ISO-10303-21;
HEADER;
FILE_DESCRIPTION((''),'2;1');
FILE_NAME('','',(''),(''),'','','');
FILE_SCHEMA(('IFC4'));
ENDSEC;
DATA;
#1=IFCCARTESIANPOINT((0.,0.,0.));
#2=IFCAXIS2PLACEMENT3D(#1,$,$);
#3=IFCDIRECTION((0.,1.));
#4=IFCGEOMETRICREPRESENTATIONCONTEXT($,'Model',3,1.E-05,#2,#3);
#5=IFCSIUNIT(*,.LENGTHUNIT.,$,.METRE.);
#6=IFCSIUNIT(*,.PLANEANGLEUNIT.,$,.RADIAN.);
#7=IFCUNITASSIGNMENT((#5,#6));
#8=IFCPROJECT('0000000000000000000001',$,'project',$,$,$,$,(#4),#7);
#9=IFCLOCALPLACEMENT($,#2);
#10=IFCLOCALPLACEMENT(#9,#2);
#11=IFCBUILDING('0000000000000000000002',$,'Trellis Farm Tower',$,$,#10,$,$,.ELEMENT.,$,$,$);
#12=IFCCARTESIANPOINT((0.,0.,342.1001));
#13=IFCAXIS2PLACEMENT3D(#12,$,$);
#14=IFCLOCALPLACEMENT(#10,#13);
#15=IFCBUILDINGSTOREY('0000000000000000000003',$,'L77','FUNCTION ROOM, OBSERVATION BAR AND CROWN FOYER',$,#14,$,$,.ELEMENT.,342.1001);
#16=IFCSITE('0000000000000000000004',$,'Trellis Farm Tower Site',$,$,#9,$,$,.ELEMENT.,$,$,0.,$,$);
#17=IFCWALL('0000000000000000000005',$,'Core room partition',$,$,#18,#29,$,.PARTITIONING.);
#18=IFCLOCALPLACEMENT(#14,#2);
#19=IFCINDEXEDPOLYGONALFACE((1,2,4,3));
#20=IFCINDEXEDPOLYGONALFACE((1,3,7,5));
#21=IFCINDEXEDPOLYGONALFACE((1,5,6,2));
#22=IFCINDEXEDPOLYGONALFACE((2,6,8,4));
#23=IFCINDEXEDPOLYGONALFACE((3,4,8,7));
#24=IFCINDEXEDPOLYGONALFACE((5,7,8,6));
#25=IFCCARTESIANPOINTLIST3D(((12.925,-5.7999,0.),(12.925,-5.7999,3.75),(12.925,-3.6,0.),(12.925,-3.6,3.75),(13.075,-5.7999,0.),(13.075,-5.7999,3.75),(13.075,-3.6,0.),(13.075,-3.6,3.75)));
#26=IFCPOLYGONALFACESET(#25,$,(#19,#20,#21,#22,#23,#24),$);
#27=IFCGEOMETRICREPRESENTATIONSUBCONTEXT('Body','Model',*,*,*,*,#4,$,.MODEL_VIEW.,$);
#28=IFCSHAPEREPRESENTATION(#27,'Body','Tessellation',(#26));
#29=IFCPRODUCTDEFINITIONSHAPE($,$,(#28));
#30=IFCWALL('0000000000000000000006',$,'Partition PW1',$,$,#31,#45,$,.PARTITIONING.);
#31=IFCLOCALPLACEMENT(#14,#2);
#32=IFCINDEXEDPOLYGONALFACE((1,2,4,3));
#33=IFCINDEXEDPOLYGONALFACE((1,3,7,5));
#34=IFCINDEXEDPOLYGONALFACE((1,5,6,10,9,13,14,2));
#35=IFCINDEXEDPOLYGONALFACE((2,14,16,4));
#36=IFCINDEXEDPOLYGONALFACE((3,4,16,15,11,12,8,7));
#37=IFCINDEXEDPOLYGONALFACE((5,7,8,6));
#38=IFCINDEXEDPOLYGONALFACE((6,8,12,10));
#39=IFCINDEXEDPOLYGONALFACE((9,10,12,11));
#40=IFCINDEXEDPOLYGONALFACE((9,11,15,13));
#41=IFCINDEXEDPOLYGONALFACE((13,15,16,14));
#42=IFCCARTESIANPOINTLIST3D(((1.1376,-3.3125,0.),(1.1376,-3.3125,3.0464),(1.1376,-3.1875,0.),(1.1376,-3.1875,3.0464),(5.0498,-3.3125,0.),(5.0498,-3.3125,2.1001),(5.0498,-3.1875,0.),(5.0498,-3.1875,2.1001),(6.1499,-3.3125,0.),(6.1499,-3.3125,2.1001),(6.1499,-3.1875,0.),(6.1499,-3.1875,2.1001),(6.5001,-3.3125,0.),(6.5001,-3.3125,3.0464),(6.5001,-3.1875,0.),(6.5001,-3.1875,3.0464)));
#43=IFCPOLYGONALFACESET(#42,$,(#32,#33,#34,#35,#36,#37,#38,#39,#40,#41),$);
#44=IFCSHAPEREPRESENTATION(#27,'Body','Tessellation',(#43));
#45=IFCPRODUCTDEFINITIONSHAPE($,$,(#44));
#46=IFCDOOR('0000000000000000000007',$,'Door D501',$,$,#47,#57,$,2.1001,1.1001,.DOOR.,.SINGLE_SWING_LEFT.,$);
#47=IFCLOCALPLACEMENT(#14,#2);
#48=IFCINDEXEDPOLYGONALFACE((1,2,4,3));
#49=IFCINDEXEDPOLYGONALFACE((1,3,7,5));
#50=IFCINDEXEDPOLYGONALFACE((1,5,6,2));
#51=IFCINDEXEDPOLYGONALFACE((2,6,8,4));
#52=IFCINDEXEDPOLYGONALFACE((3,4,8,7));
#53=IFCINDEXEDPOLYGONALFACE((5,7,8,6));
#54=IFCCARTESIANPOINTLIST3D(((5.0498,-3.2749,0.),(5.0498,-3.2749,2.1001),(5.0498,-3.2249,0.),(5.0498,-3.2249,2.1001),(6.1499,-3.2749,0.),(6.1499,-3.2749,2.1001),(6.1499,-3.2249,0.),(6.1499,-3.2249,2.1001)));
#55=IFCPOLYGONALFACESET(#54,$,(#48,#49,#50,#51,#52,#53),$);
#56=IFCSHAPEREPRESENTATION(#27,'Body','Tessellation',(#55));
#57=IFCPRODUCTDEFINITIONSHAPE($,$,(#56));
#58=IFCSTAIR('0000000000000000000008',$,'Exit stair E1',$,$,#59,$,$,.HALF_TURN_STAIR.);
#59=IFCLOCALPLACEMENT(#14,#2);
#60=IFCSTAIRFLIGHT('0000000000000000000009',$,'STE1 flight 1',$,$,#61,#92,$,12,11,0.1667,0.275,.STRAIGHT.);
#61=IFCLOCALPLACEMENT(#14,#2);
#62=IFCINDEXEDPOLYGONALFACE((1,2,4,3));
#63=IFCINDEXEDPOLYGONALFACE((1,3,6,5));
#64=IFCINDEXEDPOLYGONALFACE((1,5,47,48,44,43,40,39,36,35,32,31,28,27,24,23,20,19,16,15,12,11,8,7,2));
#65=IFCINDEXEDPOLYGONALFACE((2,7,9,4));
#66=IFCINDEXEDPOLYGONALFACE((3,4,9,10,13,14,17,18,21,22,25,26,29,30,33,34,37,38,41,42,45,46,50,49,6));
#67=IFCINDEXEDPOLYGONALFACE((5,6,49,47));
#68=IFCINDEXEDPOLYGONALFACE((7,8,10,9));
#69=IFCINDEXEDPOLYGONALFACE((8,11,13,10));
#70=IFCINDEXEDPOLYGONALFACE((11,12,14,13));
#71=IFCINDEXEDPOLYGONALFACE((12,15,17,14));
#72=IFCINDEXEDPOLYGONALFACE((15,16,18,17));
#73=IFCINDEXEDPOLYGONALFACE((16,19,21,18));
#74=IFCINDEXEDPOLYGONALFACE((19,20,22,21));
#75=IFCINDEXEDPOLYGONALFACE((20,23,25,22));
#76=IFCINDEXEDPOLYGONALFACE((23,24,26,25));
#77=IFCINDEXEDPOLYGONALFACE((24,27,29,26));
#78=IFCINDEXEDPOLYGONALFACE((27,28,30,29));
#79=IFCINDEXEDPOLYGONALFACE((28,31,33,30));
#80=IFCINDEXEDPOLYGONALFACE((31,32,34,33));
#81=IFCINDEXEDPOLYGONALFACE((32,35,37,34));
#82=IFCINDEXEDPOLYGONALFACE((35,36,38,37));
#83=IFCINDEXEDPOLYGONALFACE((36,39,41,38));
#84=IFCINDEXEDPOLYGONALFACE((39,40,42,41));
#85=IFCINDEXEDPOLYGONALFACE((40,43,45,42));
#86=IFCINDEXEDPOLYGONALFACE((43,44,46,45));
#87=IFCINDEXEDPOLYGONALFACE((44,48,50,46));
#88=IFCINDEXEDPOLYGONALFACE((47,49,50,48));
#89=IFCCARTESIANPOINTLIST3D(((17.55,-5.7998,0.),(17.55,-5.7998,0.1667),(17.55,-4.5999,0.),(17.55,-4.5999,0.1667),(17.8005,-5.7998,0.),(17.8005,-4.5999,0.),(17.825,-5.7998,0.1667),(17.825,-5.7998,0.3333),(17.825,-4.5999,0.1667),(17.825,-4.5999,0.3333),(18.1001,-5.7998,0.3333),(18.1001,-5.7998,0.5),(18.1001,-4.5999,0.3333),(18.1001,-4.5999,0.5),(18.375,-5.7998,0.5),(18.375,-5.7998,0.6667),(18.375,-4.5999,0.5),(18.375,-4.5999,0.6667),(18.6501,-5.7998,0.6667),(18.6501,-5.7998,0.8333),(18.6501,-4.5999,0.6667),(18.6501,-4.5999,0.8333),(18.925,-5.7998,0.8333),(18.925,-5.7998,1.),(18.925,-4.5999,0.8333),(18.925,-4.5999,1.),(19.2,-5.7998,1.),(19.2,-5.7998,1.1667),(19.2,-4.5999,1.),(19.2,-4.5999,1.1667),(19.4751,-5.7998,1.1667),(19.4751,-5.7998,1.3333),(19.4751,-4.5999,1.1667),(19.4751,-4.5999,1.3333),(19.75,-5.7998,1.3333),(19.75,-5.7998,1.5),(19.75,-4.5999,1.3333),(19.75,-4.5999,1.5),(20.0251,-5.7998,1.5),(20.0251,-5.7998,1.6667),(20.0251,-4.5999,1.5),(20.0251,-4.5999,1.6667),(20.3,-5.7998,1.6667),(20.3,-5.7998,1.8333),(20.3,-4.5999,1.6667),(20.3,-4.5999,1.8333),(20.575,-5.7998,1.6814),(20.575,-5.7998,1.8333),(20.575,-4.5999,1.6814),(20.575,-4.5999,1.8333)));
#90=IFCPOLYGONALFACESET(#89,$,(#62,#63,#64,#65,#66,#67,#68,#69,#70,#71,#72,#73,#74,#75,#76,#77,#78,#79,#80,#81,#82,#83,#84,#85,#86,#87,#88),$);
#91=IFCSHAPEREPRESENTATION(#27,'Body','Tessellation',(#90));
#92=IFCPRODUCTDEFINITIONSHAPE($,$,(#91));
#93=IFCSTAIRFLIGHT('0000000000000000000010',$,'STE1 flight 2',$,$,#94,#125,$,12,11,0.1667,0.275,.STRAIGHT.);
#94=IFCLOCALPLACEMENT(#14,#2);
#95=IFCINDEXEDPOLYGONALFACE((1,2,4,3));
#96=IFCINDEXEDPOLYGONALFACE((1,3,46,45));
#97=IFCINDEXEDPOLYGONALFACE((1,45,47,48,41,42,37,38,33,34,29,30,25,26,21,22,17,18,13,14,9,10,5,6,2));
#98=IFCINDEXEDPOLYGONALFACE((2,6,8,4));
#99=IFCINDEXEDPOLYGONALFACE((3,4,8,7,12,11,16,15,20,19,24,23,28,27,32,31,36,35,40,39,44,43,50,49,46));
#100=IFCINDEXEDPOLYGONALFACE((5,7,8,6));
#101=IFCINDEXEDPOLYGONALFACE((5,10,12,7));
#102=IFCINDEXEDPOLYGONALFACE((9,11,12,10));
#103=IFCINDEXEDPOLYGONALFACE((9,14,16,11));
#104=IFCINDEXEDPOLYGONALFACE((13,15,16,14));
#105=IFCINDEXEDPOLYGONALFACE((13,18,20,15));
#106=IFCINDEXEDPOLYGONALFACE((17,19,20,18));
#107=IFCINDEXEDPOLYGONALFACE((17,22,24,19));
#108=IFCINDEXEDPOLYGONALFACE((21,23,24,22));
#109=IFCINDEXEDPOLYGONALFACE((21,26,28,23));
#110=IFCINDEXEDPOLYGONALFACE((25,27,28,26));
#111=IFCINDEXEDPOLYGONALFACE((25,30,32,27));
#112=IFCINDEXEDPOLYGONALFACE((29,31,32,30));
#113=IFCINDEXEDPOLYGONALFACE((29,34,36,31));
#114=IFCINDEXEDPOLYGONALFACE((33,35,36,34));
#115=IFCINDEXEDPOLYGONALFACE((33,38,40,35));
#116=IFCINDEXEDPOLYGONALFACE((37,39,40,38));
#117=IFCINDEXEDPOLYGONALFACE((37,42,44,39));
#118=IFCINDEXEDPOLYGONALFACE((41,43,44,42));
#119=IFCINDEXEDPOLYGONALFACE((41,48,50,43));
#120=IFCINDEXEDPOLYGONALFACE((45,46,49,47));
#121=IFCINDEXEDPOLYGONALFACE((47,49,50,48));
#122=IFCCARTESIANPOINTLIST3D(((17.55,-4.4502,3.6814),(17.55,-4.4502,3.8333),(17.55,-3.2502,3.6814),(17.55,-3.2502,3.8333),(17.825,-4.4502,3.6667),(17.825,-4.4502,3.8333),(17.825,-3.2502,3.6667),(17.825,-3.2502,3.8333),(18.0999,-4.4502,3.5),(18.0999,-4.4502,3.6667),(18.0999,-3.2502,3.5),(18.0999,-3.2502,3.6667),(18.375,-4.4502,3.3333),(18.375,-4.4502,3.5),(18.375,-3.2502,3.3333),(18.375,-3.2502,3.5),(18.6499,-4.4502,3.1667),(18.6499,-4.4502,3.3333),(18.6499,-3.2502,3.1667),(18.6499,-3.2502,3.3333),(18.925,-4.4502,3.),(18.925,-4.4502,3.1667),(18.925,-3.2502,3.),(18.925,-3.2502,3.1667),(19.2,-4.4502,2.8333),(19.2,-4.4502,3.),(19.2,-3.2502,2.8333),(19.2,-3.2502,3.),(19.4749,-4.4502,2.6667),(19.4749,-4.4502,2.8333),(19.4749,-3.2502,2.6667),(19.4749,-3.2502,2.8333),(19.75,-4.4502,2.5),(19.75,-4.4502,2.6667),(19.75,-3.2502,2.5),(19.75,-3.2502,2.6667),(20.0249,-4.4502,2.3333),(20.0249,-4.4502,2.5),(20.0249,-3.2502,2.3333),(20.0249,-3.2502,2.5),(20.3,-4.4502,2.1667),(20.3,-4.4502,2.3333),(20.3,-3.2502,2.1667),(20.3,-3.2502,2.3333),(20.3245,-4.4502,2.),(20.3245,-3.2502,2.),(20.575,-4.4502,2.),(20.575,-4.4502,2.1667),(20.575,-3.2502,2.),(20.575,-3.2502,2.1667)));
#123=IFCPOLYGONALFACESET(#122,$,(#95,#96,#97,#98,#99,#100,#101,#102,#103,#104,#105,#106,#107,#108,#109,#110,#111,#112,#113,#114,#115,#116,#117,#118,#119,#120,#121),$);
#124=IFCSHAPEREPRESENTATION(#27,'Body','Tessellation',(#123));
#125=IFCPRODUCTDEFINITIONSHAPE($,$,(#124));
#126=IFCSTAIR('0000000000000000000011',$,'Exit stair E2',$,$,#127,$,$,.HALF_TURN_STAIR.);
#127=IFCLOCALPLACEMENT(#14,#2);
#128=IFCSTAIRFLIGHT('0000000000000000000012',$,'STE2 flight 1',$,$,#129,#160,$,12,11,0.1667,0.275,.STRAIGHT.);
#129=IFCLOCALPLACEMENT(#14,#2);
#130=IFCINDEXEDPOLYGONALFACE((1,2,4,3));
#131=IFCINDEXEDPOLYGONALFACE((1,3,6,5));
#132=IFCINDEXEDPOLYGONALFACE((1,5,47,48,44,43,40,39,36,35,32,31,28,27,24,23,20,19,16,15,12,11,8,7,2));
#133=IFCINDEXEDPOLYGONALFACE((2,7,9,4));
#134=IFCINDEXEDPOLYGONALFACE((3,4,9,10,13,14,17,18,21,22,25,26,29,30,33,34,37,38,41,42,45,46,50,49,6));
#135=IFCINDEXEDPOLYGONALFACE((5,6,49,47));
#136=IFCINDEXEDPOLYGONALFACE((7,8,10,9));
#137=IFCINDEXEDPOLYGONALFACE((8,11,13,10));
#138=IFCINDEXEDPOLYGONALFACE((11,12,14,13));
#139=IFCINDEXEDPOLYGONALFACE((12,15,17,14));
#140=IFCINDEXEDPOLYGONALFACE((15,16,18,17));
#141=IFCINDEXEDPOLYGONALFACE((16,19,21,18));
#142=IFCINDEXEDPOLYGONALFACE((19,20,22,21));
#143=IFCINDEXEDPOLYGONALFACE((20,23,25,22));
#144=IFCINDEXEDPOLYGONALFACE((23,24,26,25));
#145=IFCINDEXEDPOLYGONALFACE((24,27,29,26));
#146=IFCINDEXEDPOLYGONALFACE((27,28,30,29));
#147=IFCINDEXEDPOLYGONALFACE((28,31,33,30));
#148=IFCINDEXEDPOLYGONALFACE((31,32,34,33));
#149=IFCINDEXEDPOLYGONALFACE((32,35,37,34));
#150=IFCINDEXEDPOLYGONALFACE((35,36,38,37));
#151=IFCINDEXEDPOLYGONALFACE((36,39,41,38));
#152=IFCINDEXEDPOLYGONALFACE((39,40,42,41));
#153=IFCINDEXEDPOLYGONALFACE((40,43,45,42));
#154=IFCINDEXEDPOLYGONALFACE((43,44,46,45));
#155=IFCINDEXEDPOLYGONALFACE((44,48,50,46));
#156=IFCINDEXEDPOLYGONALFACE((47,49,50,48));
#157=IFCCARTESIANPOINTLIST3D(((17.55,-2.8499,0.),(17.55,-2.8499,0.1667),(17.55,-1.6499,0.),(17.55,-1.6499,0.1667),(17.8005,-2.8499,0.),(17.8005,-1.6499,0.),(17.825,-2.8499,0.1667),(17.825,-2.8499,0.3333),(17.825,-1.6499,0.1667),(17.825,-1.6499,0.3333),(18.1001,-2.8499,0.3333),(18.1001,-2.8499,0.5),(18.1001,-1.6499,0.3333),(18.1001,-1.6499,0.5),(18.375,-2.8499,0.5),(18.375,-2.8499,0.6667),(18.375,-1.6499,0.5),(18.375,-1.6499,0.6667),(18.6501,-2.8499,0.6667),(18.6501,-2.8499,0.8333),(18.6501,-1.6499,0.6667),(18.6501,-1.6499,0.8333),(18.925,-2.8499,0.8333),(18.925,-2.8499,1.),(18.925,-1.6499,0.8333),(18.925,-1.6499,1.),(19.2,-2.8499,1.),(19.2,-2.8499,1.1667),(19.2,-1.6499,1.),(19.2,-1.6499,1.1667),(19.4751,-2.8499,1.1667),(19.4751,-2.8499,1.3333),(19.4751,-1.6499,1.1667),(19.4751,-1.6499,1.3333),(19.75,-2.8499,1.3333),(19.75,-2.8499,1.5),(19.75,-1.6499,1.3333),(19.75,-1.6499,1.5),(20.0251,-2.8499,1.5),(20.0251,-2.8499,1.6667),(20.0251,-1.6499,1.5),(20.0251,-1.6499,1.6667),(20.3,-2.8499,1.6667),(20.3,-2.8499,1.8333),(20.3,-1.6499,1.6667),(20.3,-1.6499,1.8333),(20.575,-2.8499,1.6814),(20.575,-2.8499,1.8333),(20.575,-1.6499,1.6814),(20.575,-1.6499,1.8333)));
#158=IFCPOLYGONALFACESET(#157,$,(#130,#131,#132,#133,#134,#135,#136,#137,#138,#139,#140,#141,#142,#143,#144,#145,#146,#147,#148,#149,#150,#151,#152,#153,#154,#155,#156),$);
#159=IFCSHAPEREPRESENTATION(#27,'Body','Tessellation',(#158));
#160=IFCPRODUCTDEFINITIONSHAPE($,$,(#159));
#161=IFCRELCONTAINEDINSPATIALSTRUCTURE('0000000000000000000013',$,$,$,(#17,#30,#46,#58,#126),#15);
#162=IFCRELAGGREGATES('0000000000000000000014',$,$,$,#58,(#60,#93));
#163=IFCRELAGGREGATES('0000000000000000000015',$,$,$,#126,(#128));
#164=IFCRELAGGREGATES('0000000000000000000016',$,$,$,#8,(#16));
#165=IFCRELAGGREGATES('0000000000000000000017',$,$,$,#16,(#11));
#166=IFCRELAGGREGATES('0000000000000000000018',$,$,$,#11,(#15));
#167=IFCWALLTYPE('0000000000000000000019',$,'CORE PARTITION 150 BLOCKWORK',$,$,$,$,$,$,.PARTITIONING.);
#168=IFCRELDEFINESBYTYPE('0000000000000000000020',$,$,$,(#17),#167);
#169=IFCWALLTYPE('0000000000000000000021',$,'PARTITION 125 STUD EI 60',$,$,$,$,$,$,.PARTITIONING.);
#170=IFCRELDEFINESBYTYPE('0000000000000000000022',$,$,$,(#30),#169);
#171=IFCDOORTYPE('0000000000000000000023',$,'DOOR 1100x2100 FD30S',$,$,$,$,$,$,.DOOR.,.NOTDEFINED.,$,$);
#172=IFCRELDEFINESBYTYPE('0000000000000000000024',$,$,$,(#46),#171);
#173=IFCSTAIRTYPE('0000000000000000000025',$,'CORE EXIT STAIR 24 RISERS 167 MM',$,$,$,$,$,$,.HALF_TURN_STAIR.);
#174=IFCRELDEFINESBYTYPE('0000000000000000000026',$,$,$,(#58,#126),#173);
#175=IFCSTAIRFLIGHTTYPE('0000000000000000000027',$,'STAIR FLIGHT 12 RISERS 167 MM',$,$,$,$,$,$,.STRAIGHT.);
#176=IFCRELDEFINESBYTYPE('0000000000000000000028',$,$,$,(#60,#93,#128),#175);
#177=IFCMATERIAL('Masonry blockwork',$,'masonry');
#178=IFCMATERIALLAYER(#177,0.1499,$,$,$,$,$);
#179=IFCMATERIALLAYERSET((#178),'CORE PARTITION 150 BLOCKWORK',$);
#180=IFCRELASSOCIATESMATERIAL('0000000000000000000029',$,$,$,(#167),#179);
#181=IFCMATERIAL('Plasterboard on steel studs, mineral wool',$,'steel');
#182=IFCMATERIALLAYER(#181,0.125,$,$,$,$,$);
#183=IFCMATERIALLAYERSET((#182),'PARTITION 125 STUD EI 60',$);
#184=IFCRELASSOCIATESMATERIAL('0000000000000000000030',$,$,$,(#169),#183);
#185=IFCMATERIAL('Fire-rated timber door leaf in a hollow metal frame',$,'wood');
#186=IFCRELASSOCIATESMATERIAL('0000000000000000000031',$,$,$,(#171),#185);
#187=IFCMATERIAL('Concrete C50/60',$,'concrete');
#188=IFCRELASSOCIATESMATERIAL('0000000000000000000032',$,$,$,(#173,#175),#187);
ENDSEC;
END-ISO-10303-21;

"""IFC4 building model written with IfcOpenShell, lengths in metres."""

from ifc_helpers import new_model, si_unit, direction, frame, frame_2d, origin, place, context, subcontext, project, spatial, polyline, rectangle, outline, extrude, source, transform, mapped, material, layer, layer_set, type_object, element, fill, aggregate, save


model = new_model("IFC4")

# Units and contexts
model_context = context("Model", 3, precision=1e-05, world=origin(), true_north=direction((0.0, 1.0)))
body_context = subcontext(model_context, "Body", "Model", "MODEL_VIEW")
ifc_project = project(units=[si_unit("LENGTHUNIT", "METRE"), si_unit("PLANEANGLEUNIT", "RADIAN")], contexts=[model_context])

# Site, building, storey
site_placement = place(None, origin())
site = spatial("IfcSite", under=ifc_project, at=site_placement, Name="Trellis Farm Tower Site", CompositionType="ELEMENT", RefElevation=0.0)
building_placement = place(site_placement, origin())
building = spatial("IfcBuilding", under=site, at=building_placement, Name="Trellis Farm Tower", CompositionType="ELEMENT")
storey_placement = place(building_placement, frame((0.0, 0.0, 342.1001)))
storey = spatial("IfcBuildingStorey", under=building, at=storey_placement, Name="L77", Description="FUNCTION ROOM, OBSERVATION BAR AND CROWN FOYER", CompositionType="ELEMENT", Elevation=342.1001)

# Shared definitions
ifc_material_1 = material(Name="Concrete C50/60", Category="concrete")

# Shared definitions
placement = place(storey_placement, origin())

# Shared definitions
shared_shape_1 = source(origin(), body_context, "Body", "SweptSolid", [
    extrude(rectangle(XDim=1.1001, YDim=2.1001, at=frame_2d((0.55, 1.05))), frame((0.0, 0.0249, 0.0), z_axis=(0.0, -1.0, 0.0), x_axis=(1.0, 0.0, 0.0)), (0.0, 0.0, 1.0), 0.05),
])

# Wall
ifc_material_2 = material(Name="Masonry blockwork", Category="masonry")
ifc_layer_1 = layer(ifc_material_2, 0.1499)
ifc_layer_set_1 = layer_set([ifc_layer_1], Name="CORE PARTITION 150 BLOCKWORK")
wall_type_1 = type_object("IfcWallType", Name="CORE PARTITION 150 BLOCKWORK", PredefinedType="PARTITIONING", material=ifc_layer_set_1)
shared_shape_2 = source(origin(), body_context, "Body", "SweptSolid", [
    extrude(rectangle(XDim=2.2, YDim=0.1499, at=frame_2d((1.1001, 0.0))), origin(), (0.0, 0.0, 1.0), 3.75),
])
wall_1_placement = place(storey_placement, frame((13.0, -5.8, 0.0), z_axis=(0.0, 0.0, 1.0), x_axis=(0.0, 1.0, 0.0)))
element("IfcWall", 1, at=wall_1_placement, inside=storey, type_object=wall_type_1, Name="Core room partition", PredefinedType="PARTITIONING", context=body_context, shape_type="MappedRepresentation", body=[
    mapped(shared_shape_2, transform((0.0, 0.0, 0.0))),
])

# Wall, opening, door
ifc_material_3 = material(Name="Plasterboard on steel studs, mineral wool", Category="steel")
ifc_layer_2 = layer(ifc_material_3, 0.125)
ifc_layer_set_2 = layer_set([ifc_layer_2], Name="PARTITION 125 STUD EI 60")
wall_type_2 = type_object("IfcWallType", Name="PARTITION 125 STUD EI 60", PredefinedType="PARTITIONING", material=ifc_layer_set_2)
shared_shape_3 = source(origin(), body_context, "Body", "SweptSolid", [
    extrude(rectangle(XDim=5.3625, YDim=0.125, at=frame_2d((2.6812, 0.0))), origin(), (0.0, 0.0, 1.0), 3.0464),
])
wall_2_placement = place(storey_placement, frame((6.5, -3.25, 0.0), z_axis=(0.0, 0.0, 1.0), x_axis=(-1.0, 0.0, 0.0)))
wall_2 = element("IfcWall", 2, at=wall_2_placement, inside=storey, type_object=wall_type_2, Name="Partition PW1", PredefinedType="PARTITIONING", context=body_context, shape_type="MappedRepresentation", body=[
    mapped(shared_shape_3, transform((0.0, 0.0, 0.0))),
])
shared_shape_4 = source(origin(), body_context, "Body", "SweptSolid", [
    extrude(rectangle(XDim=1.1001, YDim=2.1001, at=frame_2d((0.55, 1.05))), frame((0.0, 0.0725, 0.0), z_axis=(0.0, -1.0, 0.0), x_axis=(1.0, 0.0, 0.0)), (0.0, 0.0, 1.0), 0.145),
])
opening_1_placement = place(wall_2_placement, frame((0.3501, 0.0, 0.0)))
opening_1 = element("IfcOpeningElement", 3, at=opening_1_placement, cuts=wall_2, PredefinedType="OPENING", context=body_context, shape_type="MappedRepresentation", body=[
    mapped(shared_shape_4, transform((0.0, 0.0, 0.0))),
])
ifc_material_4 = material(Name="Fire-rated timber door leaf in a hollow metal frame", Category="wood")
door_type_1 = type_object("IfcDoorType", Name="DOOR 1100x2100 FD30S", OperationType="NOTDEFINED", PredefinedType="DOOR", material=ifc_material_4)
door_1_placement = place(opening_1_placement, origin())
door_1 = element("IfcDoor", 4, at=door_1_placement, inside=storey, type_object=door_type_1, Name="Door D501", OperationType="SINGLE_SWING_LEFT", OverallHeight=2.1001, OverallWidth=1.1001, PredefinedType="DOOR", context=body_context, shape_type="MappedRepresentation", body=[
    mapped(shared_shape_1, transform((0.0, 0.0, 0.0))),
])
fill(opening_1, door_1)

# Stairs, stair flights
stair_type = type_object("IfcStairType", Name="CORE EXIT STAIR 24 RISERS 167 MM", PredefinedType="HALF_TURN_STAIR", material=ifc_material_1)
stair_1 = element("IfcStair", 5, at=placement, inside=storey, type_object=stair_type, Name="Exit stair E1", PredefinedType="HALF_TURN_STAIR")
stair_flight_type = type_object("IfcStairFlightType", Name="STAIR FLIGHT 12 RISERS 167 MM", PredefinedType="STRAIGHT", material=ifc_material_1)
shared_shape_5 = source(origin(), body_context, "Body", "SweptSolid", [
    extrude(outline(polyline([(0.0, 0.0), (0.0, 0.1667), (0.2749, 0.1667), (0.2749, 0.3333), (0.55, 0.3333), (0.55, 0.5), (0.825, 0.5), (0.825, 0.6667), (1.1001, 0.6667), (1.1001, 0.8333), (1.375, 0.8333), (1.375, 1.0), (1.6499, 1.0), (1.6499, 1.1667), (1.925, 1.1667), (1.925, 1.3333), (2.2, 1.3333), (2.2, 1.5), (2.4751, 1.5), (2.4751, 1.6667), (2.75, 1.6667), (2.75, 1.8333), (3.0249, 1.8333), (3.0249, 2.0), (3.0249, 1.6814), (0.2505, 0.0), (0.0, 0.0)])), frame((0.0, 0.6001, 0.0), z_axis=(0.0, -1.0, 0.0), x_axis=(1.0, 0.0, 0.0)), (0.0, 0.0, 1.0), 1.2),
])
stair_flight_1_placement = place(storey_placement, frame((17.55, -5.2, 0.0), z_axis=(0.0, 0.0, 1.0), x_axis=(1.0, 0.0, 0.0)))
stair_flight_1 = element("IfcStairFlight", 6, at=stair_flight_1_placement, type_object=stair_flight_type, Name="STE1 flight 1", NumberOfRisers=12, NumberOfTreads=11, PredefinedType="STRAIGHT", RiserHeight=0.1667, TreadLength=0.275, context=body_context, shape_type="MappedRepresentation", body=[
    mapped(shared_shape_5, transform((0.0, 0.0, 0.0))),
])
stair_flight_2_placement = place(storey_placement, frame((20.575, -3.8501, 2.0), z_axis=(0.0, 0.0, 1.0), x_axis=(-1.0, 0.0, 0.0)))
stair_flight_2 = element("IfcStairFlight", 7, at=stair_flight_2_placement, type_object=stair_flight_type, Name="STE1 flight 2", NumberOfRisers=12, NumberOfTreads=11, PredefinedType="STRAIGHT", RiserHeight=0.1667, TreadLength=0.275, context=body_context, shape_type="MappedRepresentation", body=[
    mapped(shared_shape_5, transform((0.0, 0.0, 0.0))),
])
aggregate(stair_1, [stair_flight_1, stair_flight_2])
stair_2 = element("IfcStair", 8, at=placement, inside=storey, type_object=stair_type, Name="Exit stair E2", PredefinedType="HALF_TURN_STAIR")
stair_flight_3_placement = place(storey_placement, frame((17.55, -2.25, 0.0), z_axis=(0.0, 0.0, 1.0), x_axis=(1.0, 0.0, 0.0)))
stair_flight_3 = element("IfcStairFlight", 9, at=stair_flight_3_placement, type_object=stair_flight_type, Name="STE2 flight 1", NumberOfRisers=12, NumberOfTreads=11, PredefinedType="STRAIGHT", RiserHeight=0.1667, TreadLength=0.275, context=body_context, shape_type="MappedRepresentation", body=[
    mapped(shared_shape_5, transform((0.0, 0.0, 0.0))),
])
aggregate(stair_2, [stair_flight_3])

save(model, "model.ifc")
